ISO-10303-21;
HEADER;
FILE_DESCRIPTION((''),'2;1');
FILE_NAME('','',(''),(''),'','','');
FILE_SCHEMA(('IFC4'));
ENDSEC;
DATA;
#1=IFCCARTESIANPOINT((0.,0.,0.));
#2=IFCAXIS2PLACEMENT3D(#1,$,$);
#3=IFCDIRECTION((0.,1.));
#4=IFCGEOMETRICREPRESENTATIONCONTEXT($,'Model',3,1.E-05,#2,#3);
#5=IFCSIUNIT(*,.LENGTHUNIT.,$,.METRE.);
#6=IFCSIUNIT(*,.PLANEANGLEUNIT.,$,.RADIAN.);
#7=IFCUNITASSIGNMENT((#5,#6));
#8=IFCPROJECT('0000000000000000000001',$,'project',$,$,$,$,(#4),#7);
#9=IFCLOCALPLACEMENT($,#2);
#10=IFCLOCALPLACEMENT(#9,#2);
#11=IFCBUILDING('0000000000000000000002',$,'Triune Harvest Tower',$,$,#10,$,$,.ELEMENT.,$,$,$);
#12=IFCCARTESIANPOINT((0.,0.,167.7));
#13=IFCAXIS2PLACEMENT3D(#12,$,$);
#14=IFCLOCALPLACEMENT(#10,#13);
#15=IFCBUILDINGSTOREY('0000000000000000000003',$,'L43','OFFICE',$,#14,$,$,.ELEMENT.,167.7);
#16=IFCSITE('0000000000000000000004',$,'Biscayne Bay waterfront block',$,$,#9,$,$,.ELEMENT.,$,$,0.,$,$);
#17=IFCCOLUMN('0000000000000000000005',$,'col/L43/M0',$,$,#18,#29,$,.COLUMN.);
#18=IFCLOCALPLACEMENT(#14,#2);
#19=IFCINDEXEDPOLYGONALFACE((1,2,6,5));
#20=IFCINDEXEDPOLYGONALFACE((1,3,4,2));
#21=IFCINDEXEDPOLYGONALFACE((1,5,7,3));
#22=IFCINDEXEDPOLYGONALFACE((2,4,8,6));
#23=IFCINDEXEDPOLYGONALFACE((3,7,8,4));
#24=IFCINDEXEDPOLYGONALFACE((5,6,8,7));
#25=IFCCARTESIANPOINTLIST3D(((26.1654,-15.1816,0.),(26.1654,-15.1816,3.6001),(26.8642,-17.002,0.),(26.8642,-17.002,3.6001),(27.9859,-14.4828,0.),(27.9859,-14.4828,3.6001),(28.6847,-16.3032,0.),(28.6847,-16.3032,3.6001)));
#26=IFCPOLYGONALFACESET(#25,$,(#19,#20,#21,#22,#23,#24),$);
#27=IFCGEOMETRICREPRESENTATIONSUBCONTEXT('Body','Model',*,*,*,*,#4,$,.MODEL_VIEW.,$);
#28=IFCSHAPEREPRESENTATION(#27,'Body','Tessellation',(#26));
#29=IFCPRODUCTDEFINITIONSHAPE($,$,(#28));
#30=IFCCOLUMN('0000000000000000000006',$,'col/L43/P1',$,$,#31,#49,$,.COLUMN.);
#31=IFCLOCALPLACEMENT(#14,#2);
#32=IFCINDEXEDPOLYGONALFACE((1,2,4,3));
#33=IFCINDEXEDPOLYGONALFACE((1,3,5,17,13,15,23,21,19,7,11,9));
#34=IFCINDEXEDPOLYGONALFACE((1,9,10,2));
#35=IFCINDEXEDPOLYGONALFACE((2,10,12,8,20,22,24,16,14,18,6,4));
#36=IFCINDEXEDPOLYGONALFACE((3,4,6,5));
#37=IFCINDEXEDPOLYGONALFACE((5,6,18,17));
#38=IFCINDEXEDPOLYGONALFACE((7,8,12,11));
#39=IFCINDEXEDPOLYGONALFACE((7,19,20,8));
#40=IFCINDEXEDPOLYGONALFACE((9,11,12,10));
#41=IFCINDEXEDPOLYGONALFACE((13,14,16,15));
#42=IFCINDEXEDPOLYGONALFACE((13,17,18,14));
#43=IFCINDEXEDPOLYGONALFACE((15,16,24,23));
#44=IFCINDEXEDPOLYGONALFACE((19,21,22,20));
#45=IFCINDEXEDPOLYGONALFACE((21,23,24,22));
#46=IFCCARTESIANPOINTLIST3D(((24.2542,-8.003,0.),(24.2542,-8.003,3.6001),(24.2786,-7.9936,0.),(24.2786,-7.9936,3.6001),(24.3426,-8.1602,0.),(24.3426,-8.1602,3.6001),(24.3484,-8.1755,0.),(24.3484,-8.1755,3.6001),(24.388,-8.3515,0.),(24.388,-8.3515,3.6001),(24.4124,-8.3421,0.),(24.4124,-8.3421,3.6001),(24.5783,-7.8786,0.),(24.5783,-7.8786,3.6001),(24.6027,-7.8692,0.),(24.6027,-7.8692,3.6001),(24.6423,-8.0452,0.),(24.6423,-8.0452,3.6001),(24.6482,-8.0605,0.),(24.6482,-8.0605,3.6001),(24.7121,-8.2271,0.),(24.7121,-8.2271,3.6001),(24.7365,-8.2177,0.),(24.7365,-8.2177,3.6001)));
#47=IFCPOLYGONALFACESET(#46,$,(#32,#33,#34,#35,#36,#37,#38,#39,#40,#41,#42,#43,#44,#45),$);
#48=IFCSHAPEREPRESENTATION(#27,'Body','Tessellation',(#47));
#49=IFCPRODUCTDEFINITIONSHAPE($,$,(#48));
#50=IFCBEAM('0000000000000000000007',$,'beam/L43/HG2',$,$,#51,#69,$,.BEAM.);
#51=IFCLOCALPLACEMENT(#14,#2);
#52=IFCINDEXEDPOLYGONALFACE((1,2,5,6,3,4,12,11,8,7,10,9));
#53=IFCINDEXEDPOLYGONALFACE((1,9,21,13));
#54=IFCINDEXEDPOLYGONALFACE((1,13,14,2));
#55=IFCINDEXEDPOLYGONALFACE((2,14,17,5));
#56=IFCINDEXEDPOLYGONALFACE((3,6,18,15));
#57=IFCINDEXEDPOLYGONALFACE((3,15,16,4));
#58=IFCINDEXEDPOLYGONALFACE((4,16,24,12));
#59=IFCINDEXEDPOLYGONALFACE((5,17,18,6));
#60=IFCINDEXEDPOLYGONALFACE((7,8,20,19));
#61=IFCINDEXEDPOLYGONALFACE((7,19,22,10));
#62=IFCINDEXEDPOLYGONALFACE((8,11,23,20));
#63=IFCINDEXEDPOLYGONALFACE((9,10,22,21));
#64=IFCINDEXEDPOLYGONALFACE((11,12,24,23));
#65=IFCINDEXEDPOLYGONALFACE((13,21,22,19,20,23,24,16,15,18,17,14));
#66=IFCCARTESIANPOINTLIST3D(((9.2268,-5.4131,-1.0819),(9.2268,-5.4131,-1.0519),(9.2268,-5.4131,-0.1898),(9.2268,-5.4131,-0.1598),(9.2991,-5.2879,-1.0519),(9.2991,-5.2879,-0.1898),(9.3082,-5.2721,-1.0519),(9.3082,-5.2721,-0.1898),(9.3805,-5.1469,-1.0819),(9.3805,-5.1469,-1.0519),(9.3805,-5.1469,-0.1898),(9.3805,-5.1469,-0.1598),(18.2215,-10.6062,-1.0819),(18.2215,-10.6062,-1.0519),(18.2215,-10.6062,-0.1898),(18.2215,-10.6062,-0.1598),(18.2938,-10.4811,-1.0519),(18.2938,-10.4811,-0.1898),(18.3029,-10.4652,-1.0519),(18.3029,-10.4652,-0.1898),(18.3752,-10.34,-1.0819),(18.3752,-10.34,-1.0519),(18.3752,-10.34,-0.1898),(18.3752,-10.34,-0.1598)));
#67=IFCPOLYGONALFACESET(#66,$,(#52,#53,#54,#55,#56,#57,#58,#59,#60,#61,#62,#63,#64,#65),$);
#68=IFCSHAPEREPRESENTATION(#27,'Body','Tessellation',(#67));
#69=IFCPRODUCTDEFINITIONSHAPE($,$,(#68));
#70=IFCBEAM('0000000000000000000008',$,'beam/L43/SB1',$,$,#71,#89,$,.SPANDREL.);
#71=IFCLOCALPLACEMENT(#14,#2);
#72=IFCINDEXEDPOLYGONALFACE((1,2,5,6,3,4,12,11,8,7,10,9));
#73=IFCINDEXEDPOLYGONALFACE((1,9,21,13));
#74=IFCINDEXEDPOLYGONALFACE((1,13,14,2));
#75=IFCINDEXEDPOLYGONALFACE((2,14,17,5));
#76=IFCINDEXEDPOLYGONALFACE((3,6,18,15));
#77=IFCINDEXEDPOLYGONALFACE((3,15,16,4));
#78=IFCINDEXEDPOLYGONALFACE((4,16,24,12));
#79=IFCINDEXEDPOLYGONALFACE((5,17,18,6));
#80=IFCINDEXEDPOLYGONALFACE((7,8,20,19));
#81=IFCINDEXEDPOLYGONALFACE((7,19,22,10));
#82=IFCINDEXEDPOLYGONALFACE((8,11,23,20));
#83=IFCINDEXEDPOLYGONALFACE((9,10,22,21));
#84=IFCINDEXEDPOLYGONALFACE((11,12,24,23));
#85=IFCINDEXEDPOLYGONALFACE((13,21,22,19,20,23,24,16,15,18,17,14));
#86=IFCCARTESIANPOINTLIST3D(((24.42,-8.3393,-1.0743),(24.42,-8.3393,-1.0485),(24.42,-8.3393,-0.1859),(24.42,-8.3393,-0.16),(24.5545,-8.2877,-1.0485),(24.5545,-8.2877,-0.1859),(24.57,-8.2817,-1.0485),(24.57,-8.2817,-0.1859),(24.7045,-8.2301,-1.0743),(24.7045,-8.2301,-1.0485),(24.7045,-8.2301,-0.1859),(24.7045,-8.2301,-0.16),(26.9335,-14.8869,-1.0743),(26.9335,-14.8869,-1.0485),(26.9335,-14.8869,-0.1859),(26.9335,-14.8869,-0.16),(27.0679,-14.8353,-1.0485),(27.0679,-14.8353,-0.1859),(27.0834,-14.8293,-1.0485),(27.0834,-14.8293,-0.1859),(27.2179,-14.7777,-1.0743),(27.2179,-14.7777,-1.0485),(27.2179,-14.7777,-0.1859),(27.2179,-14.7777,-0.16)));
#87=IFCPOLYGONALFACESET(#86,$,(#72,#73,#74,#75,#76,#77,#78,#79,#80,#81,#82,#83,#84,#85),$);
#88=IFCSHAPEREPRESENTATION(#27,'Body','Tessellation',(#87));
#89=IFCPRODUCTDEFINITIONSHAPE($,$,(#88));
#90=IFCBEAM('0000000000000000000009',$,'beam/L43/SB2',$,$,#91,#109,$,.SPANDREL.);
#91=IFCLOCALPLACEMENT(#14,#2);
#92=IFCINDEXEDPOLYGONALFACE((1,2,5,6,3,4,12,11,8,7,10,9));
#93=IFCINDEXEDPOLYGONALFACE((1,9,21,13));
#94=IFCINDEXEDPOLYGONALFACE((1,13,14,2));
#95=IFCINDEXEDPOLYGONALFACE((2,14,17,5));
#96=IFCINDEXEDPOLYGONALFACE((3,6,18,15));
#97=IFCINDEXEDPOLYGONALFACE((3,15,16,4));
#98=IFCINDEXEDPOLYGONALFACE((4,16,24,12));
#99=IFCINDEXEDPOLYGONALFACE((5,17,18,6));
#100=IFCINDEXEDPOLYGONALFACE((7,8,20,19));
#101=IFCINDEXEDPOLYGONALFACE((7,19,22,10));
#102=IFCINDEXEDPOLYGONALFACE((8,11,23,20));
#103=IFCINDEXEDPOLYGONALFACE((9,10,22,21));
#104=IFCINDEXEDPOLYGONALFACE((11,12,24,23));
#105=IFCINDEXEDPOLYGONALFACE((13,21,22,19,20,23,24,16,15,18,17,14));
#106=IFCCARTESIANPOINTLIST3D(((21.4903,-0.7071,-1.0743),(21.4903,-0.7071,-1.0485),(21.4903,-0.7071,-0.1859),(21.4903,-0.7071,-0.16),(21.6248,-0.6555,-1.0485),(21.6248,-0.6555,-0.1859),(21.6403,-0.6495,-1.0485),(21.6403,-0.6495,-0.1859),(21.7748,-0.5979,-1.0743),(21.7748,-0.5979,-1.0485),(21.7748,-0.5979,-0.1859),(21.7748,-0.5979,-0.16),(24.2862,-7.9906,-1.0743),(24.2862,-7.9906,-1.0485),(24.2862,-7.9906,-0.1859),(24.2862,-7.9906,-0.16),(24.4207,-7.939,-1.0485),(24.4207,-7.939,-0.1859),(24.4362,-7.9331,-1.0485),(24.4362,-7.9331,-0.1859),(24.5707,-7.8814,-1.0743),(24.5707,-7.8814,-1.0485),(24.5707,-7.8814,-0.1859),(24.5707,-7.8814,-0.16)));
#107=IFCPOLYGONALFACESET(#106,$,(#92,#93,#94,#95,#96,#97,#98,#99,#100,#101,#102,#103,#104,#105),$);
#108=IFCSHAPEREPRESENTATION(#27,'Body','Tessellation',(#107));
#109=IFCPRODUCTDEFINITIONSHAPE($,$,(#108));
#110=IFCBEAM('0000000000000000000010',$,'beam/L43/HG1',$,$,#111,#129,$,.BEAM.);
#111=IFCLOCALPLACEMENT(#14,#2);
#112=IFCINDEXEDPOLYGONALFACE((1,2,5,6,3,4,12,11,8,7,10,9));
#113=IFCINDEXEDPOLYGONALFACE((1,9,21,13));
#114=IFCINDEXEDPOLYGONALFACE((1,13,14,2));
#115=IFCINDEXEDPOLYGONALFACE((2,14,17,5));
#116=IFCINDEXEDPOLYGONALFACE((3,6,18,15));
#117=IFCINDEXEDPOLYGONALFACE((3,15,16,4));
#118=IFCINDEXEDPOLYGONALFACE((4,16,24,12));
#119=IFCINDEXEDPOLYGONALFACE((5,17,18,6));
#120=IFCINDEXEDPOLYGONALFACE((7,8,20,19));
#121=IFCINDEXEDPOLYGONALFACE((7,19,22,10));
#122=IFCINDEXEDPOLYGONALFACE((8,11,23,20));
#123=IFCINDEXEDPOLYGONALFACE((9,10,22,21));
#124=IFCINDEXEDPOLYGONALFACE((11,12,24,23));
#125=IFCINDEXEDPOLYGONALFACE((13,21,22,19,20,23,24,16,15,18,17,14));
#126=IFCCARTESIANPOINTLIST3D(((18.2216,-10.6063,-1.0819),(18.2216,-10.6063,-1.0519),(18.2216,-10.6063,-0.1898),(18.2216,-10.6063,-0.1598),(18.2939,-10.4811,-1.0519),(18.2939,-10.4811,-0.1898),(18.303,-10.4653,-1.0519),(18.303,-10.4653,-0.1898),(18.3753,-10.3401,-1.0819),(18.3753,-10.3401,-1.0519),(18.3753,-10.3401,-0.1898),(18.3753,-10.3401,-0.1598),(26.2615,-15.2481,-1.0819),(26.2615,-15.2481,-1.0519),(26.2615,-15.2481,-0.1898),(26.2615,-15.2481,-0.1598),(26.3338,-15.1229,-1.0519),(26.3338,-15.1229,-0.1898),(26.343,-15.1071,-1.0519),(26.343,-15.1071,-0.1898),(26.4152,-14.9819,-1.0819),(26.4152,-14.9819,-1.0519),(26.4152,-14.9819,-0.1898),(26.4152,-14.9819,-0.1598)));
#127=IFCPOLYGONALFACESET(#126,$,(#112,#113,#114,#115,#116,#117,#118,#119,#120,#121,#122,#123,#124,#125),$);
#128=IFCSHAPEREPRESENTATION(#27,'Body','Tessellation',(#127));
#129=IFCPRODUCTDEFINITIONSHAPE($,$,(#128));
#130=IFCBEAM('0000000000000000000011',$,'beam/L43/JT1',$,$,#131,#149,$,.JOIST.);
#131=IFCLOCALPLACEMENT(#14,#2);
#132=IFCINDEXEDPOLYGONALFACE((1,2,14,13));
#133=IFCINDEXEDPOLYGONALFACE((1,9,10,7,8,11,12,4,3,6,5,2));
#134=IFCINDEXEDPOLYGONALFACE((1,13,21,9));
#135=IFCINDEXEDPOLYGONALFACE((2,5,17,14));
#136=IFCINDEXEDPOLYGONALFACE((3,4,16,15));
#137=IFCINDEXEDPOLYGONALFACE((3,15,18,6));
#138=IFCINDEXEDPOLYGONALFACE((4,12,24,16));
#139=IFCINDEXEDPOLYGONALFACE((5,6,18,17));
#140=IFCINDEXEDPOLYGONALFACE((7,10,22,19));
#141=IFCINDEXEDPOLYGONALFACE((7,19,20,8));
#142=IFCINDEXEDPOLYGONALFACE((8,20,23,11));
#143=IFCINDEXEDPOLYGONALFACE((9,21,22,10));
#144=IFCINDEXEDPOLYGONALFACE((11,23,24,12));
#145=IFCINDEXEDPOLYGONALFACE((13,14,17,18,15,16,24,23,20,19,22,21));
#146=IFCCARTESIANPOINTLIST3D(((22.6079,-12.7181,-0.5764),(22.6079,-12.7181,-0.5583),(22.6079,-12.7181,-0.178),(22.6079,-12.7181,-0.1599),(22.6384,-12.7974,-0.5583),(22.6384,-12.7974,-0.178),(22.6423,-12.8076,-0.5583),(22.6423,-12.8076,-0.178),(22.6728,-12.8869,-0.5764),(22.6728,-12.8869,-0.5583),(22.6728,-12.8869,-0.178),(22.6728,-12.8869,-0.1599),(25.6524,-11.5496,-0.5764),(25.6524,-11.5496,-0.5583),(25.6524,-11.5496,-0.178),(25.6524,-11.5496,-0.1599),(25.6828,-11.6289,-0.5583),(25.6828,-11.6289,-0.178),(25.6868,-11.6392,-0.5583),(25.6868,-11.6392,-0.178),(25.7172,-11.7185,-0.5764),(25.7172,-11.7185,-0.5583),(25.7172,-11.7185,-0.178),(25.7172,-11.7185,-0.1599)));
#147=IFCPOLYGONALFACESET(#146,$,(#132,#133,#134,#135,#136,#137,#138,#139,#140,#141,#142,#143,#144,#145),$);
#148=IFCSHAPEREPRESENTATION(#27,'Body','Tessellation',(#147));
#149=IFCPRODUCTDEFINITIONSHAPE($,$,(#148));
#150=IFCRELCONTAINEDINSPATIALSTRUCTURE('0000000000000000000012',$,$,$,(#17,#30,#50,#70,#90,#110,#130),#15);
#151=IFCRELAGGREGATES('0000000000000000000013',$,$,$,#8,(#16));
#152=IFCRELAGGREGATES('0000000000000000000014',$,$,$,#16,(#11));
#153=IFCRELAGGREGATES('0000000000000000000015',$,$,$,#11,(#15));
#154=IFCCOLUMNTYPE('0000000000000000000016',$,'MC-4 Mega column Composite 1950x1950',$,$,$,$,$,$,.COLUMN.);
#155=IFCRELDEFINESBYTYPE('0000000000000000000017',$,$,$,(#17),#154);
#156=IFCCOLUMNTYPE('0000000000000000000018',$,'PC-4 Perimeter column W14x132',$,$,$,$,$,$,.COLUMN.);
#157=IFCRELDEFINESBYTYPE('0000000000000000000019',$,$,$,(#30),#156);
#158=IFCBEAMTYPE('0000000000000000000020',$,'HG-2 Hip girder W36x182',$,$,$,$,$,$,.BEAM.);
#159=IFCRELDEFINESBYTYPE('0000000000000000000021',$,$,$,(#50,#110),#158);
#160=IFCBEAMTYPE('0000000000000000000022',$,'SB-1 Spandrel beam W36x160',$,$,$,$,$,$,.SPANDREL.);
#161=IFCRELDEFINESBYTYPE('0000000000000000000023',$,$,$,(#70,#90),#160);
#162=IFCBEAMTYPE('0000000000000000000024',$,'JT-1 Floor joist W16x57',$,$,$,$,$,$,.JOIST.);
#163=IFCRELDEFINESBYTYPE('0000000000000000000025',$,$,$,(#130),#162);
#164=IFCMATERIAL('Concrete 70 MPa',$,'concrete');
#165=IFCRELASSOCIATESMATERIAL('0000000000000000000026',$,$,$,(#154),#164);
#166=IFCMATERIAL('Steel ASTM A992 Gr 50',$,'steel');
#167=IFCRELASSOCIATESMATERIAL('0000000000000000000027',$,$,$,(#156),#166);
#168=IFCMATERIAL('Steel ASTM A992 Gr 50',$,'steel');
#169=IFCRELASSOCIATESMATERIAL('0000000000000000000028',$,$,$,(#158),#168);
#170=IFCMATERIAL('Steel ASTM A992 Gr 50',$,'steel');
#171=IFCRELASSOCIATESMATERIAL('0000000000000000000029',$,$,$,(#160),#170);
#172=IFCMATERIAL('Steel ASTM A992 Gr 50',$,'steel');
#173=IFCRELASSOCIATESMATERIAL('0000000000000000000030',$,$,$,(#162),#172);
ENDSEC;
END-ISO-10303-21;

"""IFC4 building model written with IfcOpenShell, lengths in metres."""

from ifc_helpers import new_model, si_unit, direction, frame, origin, origin_2d, place, context, subcontext, project, spatial, rectangle, i_section, extrude, source, transform, mapped, material, material_profile, profile_set, type_object, element, save


model = new_model("IFC4")

# Units and contexts
model_context = context("Model", 3, precision=1e-05, world=origin(), true_north=direction((0.0, 1.0)))
body_context = subcontext(model_context, "Body", "Model", "MODEL_VIEW")
ifc_project = project(units=[si_unit("LENGTHUNIT", "METRE"), si_unit("PLANEANGLEUNIT", "RADIAN")], contexts=[model_context])

# Site, building, storey
site_placement = place(None, origin())
site = spatial("IfcSite", under=ifc_project, at=site_placement, Name="Biscayne Bay waterfront block", CompositionType="ELEMENT", RefElevation=0.0)
building_placement = place(site_placement, origin())
building = spatial("IfcBuilding", under=site, at=building_placement, Name="Triune Harvest Tower", CompositionType="ELEMENT")
storey_placement = place(building_placement, frame((0.0, 0.0, 167.7)))
storey = spatial("IfcBuildingStorey", under=building, at=storey_placement, Name="L43", Description="OFFICE", CompositionType="ELEMENT", Elevation=167.7)

# Columns
ifc_material_1 = material(Name="Concrete 70 MPa", Category="concrete")
ifc_material_profile_1 = material_profile(ifc_material_1, rectangle(XDim=1.95, YDim=1.95, at=origin_2d()), Name="Composite 1950x1950")
ifc_profile_set_1 = profile_set([ifc_material_profile_1], Name="Concrete 70 MPa")
column_type_1 = type_object("IfcColumnType", Name="MC-4 Mega column Composite 1950x1950", PredefinedType="COLUMN", material=ifc_profile_set_1)
shared_shape_1 = source(origin(), body_context, "Body", "SweptSolid", [
    extrude(rectangle(XDim=1.95, YDim=1.95, at=origin_2d()), origin(), (0.0, 0.0, 1.0), 3.6001),
])
column_1_placement = place(storey_placement, frame((27.425, -15.7424, 0.0), z_axis=(0.0, 0.0, 1.0), x_axis=(-0.358368, 0.93358, 0.0)))
element("IfcColumn", 1, at=column_1_placement, inside=storey, type_object=column_type_1, Name="col/L43/M0", PredefinedType="COLUMN", context=body_context, shape_type="MappedRepresentation", body=[
    mapped(shared_shape_1, transform((0.0, 0.0, 0.0), scale=1.0)),
])
ifc_material_2 = material(Name="Steel ASTM A992 Gr 50", Category="steel")
ifc_material_profile_2 = material_profile(ifc_material_2, i_section(OverallWidth=0.3733, OverallDepth=0.3733, WebThickness=0.0164, FlangeThickness=0.0261, at=origin_2d()), Name="W14x132")
ifc_profile_set_2 = profile_set([ifc_material_profile_2], Name="Steel ASTM A992 Gr 50")
column_type_2 = type_object("IfcColumnType", Name="PC-4 Perimeter column W14x132", PredefinedType="COLUMN", material=ifc_profile_set_2)
shared_shape_2 = source(origin(), body_context, "Body", "SweptSolid", [
    extrude(i_section(OverallWidth=0.3733, OverallDepth=0.3733, WebThickness=0.0164, FlangeThickness=0.0261, at=origin_2d()), origin(), (0.0, 0.0, 1.0), 3.6001),
])
column_2_placement = place(storey_placement, frame((24.4954, -8.1104, 0.0), z_axis=(0.0, 0.0, 1.0), x_axis=(-0.358368, 0.93358, 0.0)))
element("IfcColumn", 2, at=column_2_placement, inside=storey, type_object=column_type_2, Name="col/L43/P1", PredefinedType="COLUMN", context=body_context, shape_type="MappedRepresentation", body=[
    mapped(shared_shape_2, transform((0.0, 0.0, 0.0), scale=1.0)),
])

# Beams
ifc_material_3 = material(Name="Steel ASTM A992 Gr 50", Category="steel")
ifc_material_profile_3 = material_profile(ifc_material_3, i_section(OverallWidth=0.3074, OverallDepth=0.9221, WebThickness=0.0183, FlangeThickness=0.03, at=origin_2d()), Name="W36x182")
ifc_profile_set_3 = profile_set([ifc_material_profile_3], Name="Steel ASTM A992 Gr 50")
beam_type_1 = type_object("IfcBeamType", Name="HG-2 Hip girder W36x182", PredefinedType="BEAM", material=ifc_profile_set_3)
shared_shape_3 = source(origin(), body_context, "Body", "SweptSolid", [
    extrude(i_section(OverallWidth=0.3074, OverallDepth=0.9221, WebThickness=0.0183, FlangeThickness=0.03, at=origin_2d()), origin(), (0.0, 0.0, 1.0), 10.3862),
])
beam_1_placement = place(storey_placement, frame((18.2983, -10.4731, -0.6208), z_axis=(-0.866023, 0.500005, 0.0), x_axis=(-0.500005, -0.866023, 0.0)))
element("IfcBeam", 3, at=beam_1_placement, inside=storey, type_object=beam_type_1, Name="beam/L43/HG2", PredefinedType="BEAM", context=body_context, shape_type="MappedRepresentation", body=[
    mapped(shared_shape_3, transform((0.0, 0.0, 0.0), scale=1.0)),
])
ifc_material_4 = material(Name="Steel ASTM A992 Gr 50", Category="steel")
ifc_material_profile_4 = material_profile(ifc_material_4, i_section(OverallWidth=0.3047, OverallDepth=0.9143, WebThickness=0.0166, FlangeThickness=0.0259, at=origin_2d()), Name="W36x160")
ifc_profile_set_4 = profile_set([ifc_material_profile_4], Name="Steel ASTM A992 Gr 50")
beam_type_2 = type_object("IfcBeamType", Name="SB-1 Spandrel beam W36x160", PredefinedType="SPANDREL", material=ifc_profile_set_4)
shared_shape_4 = source(origin(), body_context, "Body", "SweptSolid", [
    extrude(i_section(OverallWidth=0.3047, OverallDepth=0.9143, WebThickness=0.0166, FlangeThickness=0.0259, at=origin_2d()), origin(), (0.0, 0.0, 1.0), 7.0134),
])
beam_2_placement = place(storey_placement, frame((27.0757, -14.8323, -0.6172), z_axis=(-0.358373, 0.933579, 0.0), x_axis=(-0.933579, -0.358373, 0.0)))
element("IfcBeam", 4, at=beam_2_placement, inside=storey, type_object=beam_type_2, Name="beam/L43/SB1", PredefinedType="SPANDREL", context=body_context, shape_type="MappedRepresentation", body=[
    mapped(shared_shape_4, transform((0.0, 0.0, 0.0), scale=1.0)),
])
shared_shape_5 = source(origin(), body_context, "Body", "SweptSolid", [
    extrude(i_section(OverallWidth=0.3047, OverallDepth=0.9143, WebThickness=0.0166, FlangeThickness=0.0259, at=origin_2d()), origin(), (0.0, 0.0, 1.0), 7.8018),
])
beam_3_placement = place(storey_placement, frame((24.4285, -7.936, -0.6172), z_axis=(-0.358373, 0.933578, 0.0), x_axis=(-0.933578, -0.358373, 0.0)))
element("IfcBeam", 5, at=beam_3_placement, inside=storey, type_object=beam_type_2, Name="beam/L43/SB2", PredefinedType="SPANDREL", context=body_context, shape_type="MappedRepresentation", body=[
    mapped(shared_shape_5, transform((0.0, 0.0, 0.0), scale=1.0)),
])
shared_shape_6 = source(origin(), body_context, "Body", "SweptSolid", [
    extrude(i_section(OverallWidth=0.3074, OverallDepth=0.9221, WebThickness=0.0183, FlangeThickness=0.03, at=origin_2d()), origin(), (0.0, 0.0, 1.0), 9.2837),
])
beam_4_placement = place(storey_placement, frame((26.3384, -15.115, -0.6208), z_axis=(-0.866029, 0.499994, 0.0), x_axis=(-0.499994, -0.866029, 0.0)))
element("IfcBeam", 6, at=beam_4_placement, inside=storey, type_object=beam_type_1, Name="beam/L43/HG1", PredefinedType="BEAM", context=body_context, shape_type="MappedRepresentation", body=[
    mapped(shared_shape_6, transform((0.0, 0.0, 0.0), scale=1.0)),
])
ifc_material_5 = material(Name="Steel ASTM A992 Gr 50", Category="steel")
ifc_material_profile_5 = material_profile(ifc_material_5, i_section(OverallWidth=0.1809, OverallDepth=0.4165, WebThickness=0.011, FlangeThickness=0.0181, at=origin_2d()), Name="W16x57")
ifc_profile_set_5 = profile_set([ifc_material_profile_5], Name="Steel ASTM A992 Gr 50")
beam_type_3 = type_object("IfcBeamType", Name="JT-1 Floor joist W16x57", PredefinedType="JOIST", material=ifc_profile_set_5)
shared_shape_7 = source(origin(), body_context, "Body", "SweptSolid", [
    extrude(i_section(OverallWidth=0.1809, OverallDepth=0.4165, WebThickness=0.011, FlangeThickness=0.0181, at=origin_2d()), origin(), (0.0, 0.0, 1.0), 3.261),
])
beam_5_placement = place(storey_placement, frame((25.6848, -11.634, -0.3682), z_axis=(-0.9336, -0.358317, 0.0), x_axis=(0.358317, -0.9336, 0.0)))
element("IfcBeam", 7, at=beam_5_placement, inside=storey, type_object=beam_type_3, Name="beam/L43/JT1", PredefinedType="JOIST", context=body_context, shape_type="MappedRepresentation", body=[
    mapped(shared_shape_7, transform((0.0, 0.0, 0.0), scale=1.0)),
])

save(model, "model.ifc")
